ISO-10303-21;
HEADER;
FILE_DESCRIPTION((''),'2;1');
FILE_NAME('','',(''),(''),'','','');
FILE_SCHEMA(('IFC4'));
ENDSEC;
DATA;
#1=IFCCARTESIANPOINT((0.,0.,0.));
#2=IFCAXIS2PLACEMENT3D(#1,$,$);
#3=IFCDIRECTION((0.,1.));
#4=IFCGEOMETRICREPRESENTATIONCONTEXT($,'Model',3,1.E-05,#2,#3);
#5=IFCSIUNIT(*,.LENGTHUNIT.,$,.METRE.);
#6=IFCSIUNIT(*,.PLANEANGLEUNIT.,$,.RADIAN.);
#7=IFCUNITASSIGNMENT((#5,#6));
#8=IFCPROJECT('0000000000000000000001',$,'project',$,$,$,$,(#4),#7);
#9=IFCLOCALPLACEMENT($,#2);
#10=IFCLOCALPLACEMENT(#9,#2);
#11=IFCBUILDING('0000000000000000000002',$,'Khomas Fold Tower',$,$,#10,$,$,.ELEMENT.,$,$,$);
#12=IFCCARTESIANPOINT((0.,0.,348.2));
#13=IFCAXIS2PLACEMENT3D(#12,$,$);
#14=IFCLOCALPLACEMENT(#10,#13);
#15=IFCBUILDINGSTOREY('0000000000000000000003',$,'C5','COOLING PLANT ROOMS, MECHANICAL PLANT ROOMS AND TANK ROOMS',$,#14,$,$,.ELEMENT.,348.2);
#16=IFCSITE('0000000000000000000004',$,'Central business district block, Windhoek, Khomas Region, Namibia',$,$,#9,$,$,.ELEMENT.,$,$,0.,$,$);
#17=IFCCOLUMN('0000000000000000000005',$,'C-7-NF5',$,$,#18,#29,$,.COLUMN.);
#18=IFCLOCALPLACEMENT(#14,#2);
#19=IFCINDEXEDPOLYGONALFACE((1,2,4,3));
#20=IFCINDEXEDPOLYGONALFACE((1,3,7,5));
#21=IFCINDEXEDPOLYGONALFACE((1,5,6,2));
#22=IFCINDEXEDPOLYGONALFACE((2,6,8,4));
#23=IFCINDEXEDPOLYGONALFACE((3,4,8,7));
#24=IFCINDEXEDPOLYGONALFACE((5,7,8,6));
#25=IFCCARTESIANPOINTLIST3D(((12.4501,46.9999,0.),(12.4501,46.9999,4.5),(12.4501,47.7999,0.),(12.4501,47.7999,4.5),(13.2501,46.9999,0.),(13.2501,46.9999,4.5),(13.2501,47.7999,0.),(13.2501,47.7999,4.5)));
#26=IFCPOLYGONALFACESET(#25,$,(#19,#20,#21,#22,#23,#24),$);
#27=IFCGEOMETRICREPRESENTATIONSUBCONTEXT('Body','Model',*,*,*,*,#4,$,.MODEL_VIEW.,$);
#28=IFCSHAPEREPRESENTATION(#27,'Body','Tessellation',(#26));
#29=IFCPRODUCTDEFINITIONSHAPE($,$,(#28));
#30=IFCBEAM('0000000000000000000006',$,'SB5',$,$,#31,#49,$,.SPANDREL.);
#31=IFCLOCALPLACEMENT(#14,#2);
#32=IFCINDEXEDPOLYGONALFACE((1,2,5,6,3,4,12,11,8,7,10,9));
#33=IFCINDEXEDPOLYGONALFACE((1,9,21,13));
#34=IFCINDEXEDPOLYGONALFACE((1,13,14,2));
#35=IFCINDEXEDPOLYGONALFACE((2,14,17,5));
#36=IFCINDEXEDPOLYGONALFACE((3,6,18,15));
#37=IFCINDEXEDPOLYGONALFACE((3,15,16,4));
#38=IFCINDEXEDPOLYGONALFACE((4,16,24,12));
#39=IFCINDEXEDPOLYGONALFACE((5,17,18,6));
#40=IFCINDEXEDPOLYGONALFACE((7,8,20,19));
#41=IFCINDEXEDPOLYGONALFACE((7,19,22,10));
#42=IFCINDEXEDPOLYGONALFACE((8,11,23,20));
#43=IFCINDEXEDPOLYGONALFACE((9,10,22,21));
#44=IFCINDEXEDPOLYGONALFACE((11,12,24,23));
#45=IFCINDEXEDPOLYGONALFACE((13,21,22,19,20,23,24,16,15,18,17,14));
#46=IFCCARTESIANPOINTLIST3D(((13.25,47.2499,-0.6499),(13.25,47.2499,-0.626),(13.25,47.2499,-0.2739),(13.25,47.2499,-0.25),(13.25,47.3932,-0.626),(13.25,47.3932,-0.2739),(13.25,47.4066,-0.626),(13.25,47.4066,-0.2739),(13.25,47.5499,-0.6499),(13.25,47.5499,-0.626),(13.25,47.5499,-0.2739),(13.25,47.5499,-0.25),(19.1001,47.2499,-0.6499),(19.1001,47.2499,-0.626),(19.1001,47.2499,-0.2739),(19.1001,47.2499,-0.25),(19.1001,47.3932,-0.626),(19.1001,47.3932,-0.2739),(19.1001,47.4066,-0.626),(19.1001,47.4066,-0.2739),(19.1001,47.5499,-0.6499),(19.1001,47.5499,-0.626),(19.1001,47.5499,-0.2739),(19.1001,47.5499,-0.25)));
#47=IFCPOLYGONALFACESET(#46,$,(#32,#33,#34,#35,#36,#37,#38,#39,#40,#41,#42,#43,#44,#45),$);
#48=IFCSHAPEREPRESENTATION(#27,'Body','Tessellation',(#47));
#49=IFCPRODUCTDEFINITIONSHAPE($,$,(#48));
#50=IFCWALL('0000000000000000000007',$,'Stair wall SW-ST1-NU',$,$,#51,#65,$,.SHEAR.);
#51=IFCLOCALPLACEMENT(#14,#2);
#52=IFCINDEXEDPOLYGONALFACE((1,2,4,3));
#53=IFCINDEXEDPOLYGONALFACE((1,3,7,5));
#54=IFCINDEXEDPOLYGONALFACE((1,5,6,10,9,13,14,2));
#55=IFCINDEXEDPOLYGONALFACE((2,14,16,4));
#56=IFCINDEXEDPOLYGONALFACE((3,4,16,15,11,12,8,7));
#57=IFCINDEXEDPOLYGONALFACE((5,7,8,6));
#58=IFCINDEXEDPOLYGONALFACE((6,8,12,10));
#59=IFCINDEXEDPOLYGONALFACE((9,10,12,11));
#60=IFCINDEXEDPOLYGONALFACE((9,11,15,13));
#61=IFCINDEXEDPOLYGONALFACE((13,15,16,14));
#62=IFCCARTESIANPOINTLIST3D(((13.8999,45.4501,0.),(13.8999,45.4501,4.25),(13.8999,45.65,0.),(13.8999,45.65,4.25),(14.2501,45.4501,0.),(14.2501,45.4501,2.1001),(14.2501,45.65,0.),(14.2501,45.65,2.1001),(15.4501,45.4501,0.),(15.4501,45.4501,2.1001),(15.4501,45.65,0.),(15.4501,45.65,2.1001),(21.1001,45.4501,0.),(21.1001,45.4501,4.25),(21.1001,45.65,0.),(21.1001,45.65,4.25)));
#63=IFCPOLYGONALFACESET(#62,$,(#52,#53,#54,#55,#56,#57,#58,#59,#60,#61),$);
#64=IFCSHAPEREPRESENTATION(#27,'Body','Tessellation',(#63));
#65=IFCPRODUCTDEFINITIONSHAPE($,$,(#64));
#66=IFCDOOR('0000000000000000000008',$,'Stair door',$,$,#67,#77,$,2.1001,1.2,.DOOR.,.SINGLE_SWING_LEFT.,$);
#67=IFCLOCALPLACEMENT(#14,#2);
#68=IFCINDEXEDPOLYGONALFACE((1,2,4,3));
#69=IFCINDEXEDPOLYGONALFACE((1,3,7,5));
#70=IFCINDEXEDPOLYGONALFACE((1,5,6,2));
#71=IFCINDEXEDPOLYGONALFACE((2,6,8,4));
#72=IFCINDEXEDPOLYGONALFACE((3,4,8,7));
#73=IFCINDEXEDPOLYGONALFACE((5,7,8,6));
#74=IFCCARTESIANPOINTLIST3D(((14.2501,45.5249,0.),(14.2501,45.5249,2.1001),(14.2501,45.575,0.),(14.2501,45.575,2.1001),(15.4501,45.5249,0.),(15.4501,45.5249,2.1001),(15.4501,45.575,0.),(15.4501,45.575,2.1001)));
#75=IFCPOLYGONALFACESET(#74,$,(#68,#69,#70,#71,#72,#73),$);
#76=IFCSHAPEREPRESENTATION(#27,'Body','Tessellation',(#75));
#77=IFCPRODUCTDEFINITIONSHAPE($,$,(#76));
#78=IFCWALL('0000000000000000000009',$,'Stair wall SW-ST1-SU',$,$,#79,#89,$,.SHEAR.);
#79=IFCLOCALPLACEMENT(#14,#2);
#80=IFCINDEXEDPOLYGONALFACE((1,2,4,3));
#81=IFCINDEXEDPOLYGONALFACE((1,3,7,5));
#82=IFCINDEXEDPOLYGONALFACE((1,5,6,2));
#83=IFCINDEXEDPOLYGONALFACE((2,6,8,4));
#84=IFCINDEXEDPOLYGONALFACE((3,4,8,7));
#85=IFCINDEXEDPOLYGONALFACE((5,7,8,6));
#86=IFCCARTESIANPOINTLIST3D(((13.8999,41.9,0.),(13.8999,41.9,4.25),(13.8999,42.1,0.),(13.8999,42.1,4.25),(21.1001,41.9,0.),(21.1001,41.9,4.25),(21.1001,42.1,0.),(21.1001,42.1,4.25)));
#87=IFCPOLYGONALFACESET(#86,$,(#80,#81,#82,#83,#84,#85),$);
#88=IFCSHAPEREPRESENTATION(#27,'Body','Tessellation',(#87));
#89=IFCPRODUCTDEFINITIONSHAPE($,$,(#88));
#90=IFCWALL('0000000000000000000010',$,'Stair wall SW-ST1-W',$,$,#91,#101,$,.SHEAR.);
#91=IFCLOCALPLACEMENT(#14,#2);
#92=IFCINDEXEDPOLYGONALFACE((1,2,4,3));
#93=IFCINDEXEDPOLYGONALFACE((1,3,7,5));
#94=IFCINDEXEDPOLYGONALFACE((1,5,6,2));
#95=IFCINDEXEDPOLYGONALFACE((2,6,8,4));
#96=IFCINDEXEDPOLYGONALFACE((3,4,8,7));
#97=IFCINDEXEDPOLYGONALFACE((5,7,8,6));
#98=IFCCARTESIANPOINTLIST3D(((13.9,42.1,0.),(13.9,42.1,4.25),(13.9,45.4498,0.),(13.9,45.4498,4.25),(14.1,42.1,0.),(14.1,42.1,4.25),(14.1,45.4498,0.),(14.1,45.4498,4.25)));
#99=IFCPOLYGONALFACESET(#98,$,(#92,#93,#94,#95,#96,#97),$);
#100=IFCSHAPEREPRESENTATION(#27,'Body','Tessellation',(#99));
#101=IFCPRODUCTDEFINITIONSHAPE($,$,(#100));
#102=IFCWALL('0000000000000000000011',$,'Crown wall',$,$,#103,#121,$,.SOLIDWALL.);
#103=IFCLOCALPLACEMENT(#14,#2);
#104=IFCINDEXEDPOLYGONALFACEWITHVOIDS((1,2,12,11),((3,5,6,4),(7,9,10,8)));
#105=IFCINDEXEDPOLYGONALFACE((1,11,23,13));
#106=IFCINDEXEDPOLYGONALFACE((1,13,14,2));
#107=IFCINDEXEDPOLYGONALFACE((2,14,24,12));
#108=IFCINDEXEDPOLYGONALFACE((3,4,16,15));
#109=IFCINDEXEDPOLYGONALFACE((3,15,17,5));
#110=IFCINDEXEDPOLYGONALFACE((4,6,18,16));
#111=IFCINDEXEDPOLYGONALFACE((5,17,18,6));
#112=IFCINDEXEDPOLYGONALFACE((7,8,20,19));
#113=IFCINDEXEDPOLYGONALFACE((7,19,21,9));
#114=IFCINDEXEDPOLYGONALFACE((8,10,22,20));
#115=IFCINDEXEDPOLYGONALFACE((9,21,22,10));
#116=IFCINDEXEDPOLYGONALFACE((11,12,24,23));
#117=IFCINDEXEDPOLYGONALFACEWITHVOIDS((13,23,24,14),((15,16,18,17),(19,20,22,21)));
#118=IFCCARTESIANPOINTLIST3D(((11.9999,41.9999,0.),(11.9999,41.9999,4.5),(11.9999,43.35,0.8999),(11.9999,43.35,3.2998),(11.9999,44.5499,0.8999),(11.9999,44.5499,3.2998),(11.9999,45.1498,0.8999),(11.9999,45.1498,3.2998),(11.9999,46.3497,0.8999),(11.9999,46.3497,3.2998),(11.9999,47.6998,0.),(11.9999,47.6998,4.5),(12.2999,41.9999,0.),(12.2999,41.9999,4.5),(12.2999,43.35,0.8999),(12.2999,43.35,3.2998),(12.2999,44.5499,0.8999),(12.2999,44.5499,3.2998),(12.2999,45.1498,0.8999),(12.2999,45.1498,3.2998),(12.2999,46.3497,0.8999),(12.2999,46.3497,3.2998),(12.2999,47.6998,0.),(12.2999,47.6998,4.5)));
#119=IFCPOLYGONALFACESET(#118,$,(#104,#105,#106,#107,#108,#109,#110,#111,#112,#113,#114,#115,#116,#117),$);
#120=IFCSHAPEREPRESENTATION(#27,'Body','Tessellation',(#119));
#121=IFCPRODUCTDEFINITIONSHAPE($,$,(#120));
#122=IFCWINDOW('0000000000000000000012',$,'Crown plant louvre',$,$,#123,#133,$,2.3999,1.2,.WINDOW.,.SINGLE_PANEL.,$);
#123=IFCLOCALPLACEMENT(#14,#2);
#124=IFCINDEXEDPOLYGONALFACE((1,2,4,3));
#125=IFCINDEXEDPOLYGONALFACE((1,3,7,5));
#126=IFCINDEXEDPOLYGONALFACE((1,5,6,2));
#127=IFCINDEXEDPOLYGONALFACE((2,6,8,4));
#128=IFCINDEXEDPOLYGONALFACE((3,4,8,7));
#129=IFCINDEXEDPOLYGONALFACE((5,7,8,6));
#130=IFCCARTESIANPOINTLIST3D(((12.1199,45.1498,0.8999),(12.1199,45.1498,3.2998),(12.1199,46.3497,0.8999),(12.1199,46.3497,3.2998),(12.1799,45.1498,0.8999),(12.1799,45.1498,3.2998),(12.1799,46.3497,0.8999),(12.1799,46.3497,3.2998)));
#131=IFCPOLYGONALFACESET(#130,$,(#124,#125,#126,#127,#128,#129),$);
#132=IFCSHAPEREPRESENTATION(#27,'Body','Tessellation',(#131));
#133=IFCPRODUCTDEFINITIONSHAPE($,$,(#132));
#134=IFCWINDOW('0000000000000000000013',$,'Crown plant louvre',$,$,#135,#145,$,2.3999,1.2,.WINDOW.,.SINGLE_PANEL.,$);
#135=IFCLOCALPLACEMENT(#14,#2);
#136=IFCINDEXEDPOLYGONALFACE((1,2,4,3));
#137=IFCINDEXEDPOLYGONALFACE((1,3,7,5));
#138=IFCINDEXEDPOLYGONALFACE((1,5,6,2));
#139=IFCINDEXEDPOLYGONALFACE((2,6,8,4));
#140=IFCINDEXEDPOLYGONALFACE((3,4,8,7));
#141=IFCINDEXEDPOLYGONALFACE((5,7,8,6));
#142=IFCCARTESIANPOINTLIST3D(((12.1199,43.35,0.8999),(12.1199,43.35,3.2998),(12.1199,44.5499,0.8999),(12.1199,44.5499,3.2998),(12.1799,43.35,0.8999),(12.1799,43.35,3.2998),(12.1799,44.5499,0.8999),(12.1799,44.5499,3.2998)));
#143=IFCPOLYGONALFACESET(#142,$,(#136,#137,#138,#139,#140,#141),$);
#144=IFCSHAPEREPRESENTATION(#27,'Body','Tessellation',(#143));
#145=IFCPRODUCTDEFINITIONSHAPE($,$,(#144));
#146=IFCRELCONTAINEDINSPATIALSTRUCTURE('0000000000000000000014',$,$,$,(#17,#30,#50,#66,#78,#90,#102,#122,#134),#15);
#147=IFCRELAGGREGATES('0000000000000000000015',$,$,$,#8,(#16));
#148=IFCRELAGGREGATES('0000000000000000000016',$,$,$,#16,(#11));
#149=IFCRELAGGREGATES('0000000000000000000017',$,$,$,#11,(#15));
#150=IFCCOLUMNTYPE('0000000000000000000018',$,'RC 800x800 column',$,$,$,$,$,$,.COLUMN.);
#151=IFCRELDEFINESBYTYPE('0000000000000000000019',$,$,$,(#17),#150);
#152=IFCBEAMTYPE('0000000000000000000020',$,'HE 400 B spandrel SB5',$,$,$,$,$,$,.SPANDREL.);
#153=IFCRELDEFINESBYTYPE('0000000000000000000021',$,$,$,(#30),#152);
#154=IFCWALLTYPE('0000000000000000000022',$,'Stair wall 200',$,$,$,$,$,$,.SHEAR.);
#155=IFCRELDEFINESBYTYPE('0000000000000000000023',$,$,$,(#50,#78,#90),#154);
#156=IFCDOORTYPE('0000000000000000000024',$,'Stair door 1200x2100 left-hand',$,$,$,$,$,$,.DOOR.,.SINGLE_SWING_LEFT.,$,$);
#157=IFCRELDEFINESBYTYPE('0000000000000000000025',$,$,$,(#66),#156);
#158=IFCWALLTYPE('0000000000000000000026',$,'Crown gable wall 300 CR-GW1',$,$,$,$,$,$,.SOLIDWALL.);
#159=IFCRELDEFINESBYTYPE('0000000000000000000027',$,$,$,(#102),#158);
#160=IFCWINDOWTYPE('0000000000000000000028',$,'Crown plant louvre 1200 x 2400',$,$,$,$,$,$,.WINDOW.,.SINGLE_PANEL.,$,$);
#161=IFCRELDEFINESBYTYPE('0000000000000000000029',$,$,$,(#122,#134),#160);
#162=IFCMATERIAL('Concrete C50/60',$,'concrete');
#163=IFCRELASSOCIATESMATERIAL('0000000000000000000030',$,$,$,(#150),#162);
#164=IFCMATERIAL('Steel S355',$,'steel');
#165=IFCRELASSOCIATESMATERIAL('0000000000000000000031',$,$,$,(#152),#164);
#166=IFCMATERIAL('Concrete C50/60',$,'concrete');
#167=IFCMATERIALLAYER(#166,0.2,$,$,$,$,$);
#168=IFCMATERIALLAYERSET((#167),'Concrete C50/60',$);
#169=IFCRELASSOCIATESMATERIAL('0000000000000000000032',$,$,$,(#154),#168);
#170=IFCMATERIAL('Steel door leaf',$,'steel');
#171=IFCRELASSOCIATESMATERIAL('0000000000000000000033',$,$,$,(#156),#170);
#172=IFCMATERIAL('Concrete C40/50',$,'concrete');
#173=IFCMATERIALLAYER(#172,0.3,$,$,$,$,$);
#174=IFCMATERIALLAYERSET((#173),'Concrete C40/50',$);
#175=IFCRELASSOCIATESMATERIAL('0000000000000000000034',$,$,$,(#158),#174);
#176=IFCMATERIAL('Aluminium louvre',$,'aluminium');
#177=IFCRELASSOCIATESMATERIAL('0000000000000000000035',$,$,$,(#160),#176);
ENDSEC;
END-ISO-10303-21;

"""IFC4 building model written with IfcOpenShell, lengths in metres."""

from ifc_helpers import new_model, si_unit, direction, frame, frame_2d, origin, origin_2d, place, context, subcontext, project, spatial, rectangle, i_section, extrude, source, transform, mapped, material, layer, layer_set, material_profile, profile_set, type_object, element, fill, save


model = new_model("IFC4")

# Units and contexts
model_context = context("Model", 3, precision=1e-05, world=origin(), true_north=direction((0.0, 1.0)))
body_context = subcontext(model_context, "Body", "Model", "MODEL_VIEW")
ifc_project = project(units=[si_unit("LENGTHUNIT", "METRE"), si_unit("PLANEANGLEUNIT", "RADIAN")], contexts=[model_context])

# Site, building, storey
site_placement = place(None, origin())
site = spatial("IfcSite", under=ifc_project, at=site_placement, Name="Central business district block, Windhoek, Khomas Region, Namibia", CompositionType="ELEMENT", RefElevation=0.0)
building_placement = place(site_placement, origin())
building = spatial("IfcBuilding", under=site, at=building_placement, Name="Khomas Fold Tower", CompositionType="ELEMENT")
storey_placement = place(building_placement, frame((0.0, 0.0, 348.2)))
storey = spatial("IfcBuildingStorey", under=building, at=storey_placement, Name="C5", Description="COOLING PLANT ROOMS, MECHANICAL PLANT ROOMS AND TANK ROOMS", CompositionType="ELEMENT", Elevation=348.2)

# Column
ifc_material_1 = material(Name="Concrete C50/60", Category="concrete")
ifc_material_profile_1 = material_profile(ifc_material_1, rectangle(XDim=0.8, YDim=0.8, at=origin_2d()), Name="RC 800x800")
ifc_profile_set_1 = profile_set([ifc_material_profile_1], Name="Concrete C50/60")
column_type = type_object("IfcColumnType", Name="RC 800x800 column", PredefinedType="COLUMN", material=ifc_profile_set_1)
shared_shape_1 = source(origin(), body_context, "Body", "SweptSolid", [
    extrude(rectangle(XDim=0.8, YDim=0.8, at=origin_2d()), origin(), (0.0, 0.0, 1.0), 4.5),
])
column_placement = place(storey_placement, frame((12.8501, 47.3999, 0.0), z_axis=(0.0, 0.0, 1.0), x_axis=(1.0, 0.0, 0.0)))
element("IfcColumn", 1, at=column_placement, inside=storey, type_object=column_type, Name="C-7-NF5", PredefinedType="COLUMN", context=body_context, shape_type="MappedRepresentation", body=[
    mapped(shared_shape_1, transform((0.0, 0.0, 0.0))),
])

# Beam
ifc_material_2 = material(Name="Steel S355", Category="steel")
ifc_material_profile_2 = material_profile(ifc_material_2, i_section(OverallWidth=0.3, OverallDepth=0.3999, WebThickness=0.0134, FlangeThickness=0.0239, at=origin_2d()), Name="HE 400 B")
ifc_profile_set_2 = profile_set([ifc_material_profile_2], Name="Steel S355")
beam_type = type_object("IfcBeamType", Name="HE 400 B spandrel SB5", PredefinedType="SPANDREL", material=ifc_profile_set_2)
shared_shape_2 = source(origin(), body_context, "Body", "SweptSolid", [
    extrude(i_section(OverallWidth=0.3, OverallDepth=0.3999, WebThickness=0.0134, FlangeThickness=0.0239, at=origin_2d()), origin(), (0.0, 0.0, 1.0), 5.8501),
])
beam_placement = place(storey_placement, frame((13.25, 47.3999, -0.45), z_axis=(1.0, 0.0, 0.0), x_axis=(0.0, 1.0, 0.0)))
element("IfcBeam", 2, at=beam_placement, inside=storey, type_object=beam_type, Name="SB5", PredefinedType="SPANDREL", context=body_context, shape_type="MappedRepresentation", body=[
    mapped(shared_shape_2, transform((0.0, 0.0, 0.0))),
])

# Wall, opening, door
ifc_material_3 = material(Name="Concrete C50/60", Category="concrete")
ifc_layer_1 = layer(ifc_material_3, 0.2)
ifc_layer_set_1 = layer_set([ifc_layer_1], Name="Concrete C50/60")
wall_type_1 = type_object("IfcWallType", Name="Stair wall 200", PredefinedType="SHEAR", material=ifc_layer_set_1)
shared_shape_3 = source(origin(), body_context, "Body", "SweptSolid", [
    extrude(rectangle(XDim=7.2002, YDim=0.2, at=frame_2d((3.6001, 0.0))), origin(), (0.0, 0.0, 1.0), 4.25),
])
wall_1_placement = place(storey_placement, frame((13.8999, 45.55, 0.0), z_axis=(0.0, 0.0, 1.0), x_axis=(1.0, 0.0, 0.0)))
wall_1 = element("IfcWall", 3, at=wall_1_placement, inside=storey, type_object=wall_type_1, Name="Stair wall SW-ST1-NU", PredefinedType="SHEAR", context=body_context, shape_type="MappedRepresentation", body=[
    mapped(shared_shape_3, transform((0.0, 0.0, 0.0))),
])
shared_shape_4 = source(origin(), body_context, "Body", "SweptSolid", [
    extrude(rectangle(XDim=1.2, YDim=2.1001, at=frame_2d((0.6001, 1.05))), frame((0.0, 0.1099, 0.0), z_axis=(0.0, -1.0, 0.0), x_axis=(1.0, 0.0, 0.0)), (0.0, 0.0, 1.0), 0.22),
])
opening_1_placement = place(wall_1_placement, frame((0.3501, 0.0, 0.0)))
opening_1 = element("IfcOpeningElement", 4, at=opening_1_placement, cuts=wall_1, PredefinedType="OPENING", context=body_context, shape_type="MappedRepresentation", body=[
    mapped(shared_shape_4, transform((0.0, 0.0, 0.0))),
])
ifc_material_4 = material(Name="Steel door leaf", Category="steel")
door_type_1 = type_object("IfcDoorType", Name="Stair door 1200x2100 left-hand", OperationType="SINGLE_SWING_LEFT", PredefinedType="DOOR", material=ifc_material_4)
shared_shape_5 = source(origin(), body_context, "Body", "SweptSolid", [
    extrude(rectangle(XDim=1.2, YDim=2.1001, at=frame_2d((0.6001, 1.05))), frame((0.0, 0.0249, 0.0), z_axis=(0.0, -1.0, 0.0), x_axis=(1.0, 0.0, 0.0)), (0.0, 0.0, 1.0), 0.05),
])
door_1_placement = place(opening_1_placement, origin())
door_1 = element("IfcDoor", 5, at=door_1_placement, inside=storey, type_object=door_type_1, Name="Stair door", OperationType="SINGLE_SWING_LEFT", OverallHeight=2.1001, OverallWidth=1.2, PredefinedType="DOOR", context=body_context, shape_type="MappedRepresentation", body=[
    mapped(shared_shape_5, transform((0.0, 0.0, 0.0))),
])
fill(opening_1, door_1)

# Walls
wall_2_placement = place(storey_placement, frame((13.8999, 42.0, 0.0), z_axis=(0.0, 0.0, 1.0), x_axis=(1.0, 0.0, 0.0)))
element("IfcWall", 6, at=wall_2_placement, inside=storey, type_object=wall_type_1, Name="Stair wall SW-ST1-SU", PredefinedType="SHEAR", context=body_context, shape_type="MappedRepresentation", body=[
    mapped(shared_shape_3, transform((0.0, 0.0, 0.0))),
])
shared_shape_6 = source(origin(), body_context, "Body", "SweptSolid", [
    extrude(rectangle(XDim=3.3499, YDim=0.2, at=frame_2d((1.6748, 0.0))), origin(), (0.0, 0.0, 1.0), 4.25),
])
wall_3_placement = place(storey_placement, frame((14.0, 42.1001, 0.0), z_axis=(0.0, 0.0, 1.0), x_axis=(0.0, 1.0, 0.0)))
element("IfcWall", 7, at=wall_3_placement, inside=storey, type_object=wall_type_1, Name="Stair wall SW-ST1-W", PredefinedType="SHEAR", context=body_context, shape_type="MappedRepresentation", body=[
    mapped(shared_shape_6, transform((0.0, 0.0, 0.0))),
])

# Wall, openings, windows
ifc_material_5 = material(Name="Concrete C40/50", Category="concrete")
ifc_layer_2 = layer(ifc_material_5, 0.3)
ifc_layer_set_2 = layer_set([ifc_layer_2], Name="Concrete C40/50")
wall_type_2 = type_object("IfcWallType", Name="Crown gable wall 300 CR-GW1", PredefinedType="SOLIDWALL", material=ifc_layer_set_2)
shared_shape_7 = source(origin(), body_context, "Body", "SweptSolid", [
    extrude(rectangle(XDim=5.7, YDim=0.3, at=frame_2d((2.8501, 0.0))), origin(), (0.0, 0.0, 1.0), 4.5),
])
wall_4_placement = place(storey_placement, frame((12.1499, 47.7, 0.0), z_axis=(0.0, 0.0, 1.0), x_axis=(0.0, -1.0, 0.0)))
wall_4 = element("IfcWall", 8, at=wall_4_placement, inside=storey, type_object=wall_type_2, Name="Crown wall", PredefinedType="SOLIDWALL", context=body_context, shape_type="MappedRepresentation", body=[
    mapped(shared_shape_7, transform((0.0, 0.0, 0.0))),
])
shared_shape_8 = source(origin(), body_context, "Body", "SweptSolid", [
    extrude(rectangle(XDim=1.2, YDim=2.3999, at=frame_2d((0.6001, 1.2))), frame((0.0, 0.1599, 0.0), z_axis=(0.0, -1.0, 0.0), x_axis=(1.0, 0.0, 0.0)), (0.0, 0.0, 1.0), 0.3201),
])
opening_2_placement = place(wall_4_placement, frame((1.3501, 0.0, 0.8999)))
opening_2 = element("IfcOpeningElement", 9, at=opening_2_placement, cuts=wall_4, PredefinedType="OPENING", context=body_context, shape_type="MappedRepresentation", body=[
    mapped(shared_shape_8, transform((0.0, 0.0, 0.0))),
])
opening_3_placement = place(wall_4_placement, frame((3.1499, 0.0, 0.8999)))
opening_3 = element("IfcOpeningElement", 10, at=opening_3_placement, cuts=wall_4, PredefinedType="OPENING", context=body_context, shape_type="MappedRepresentation", body=[
    mapped(shared_shape_8, transform((0.0, 0.0, 0.0))),
])
ifc_material_6 = material(Name="Aluminium louvre", Category="aluminium")
window_type = type_object("IfcWindowType", Name="Crown plant louvre 1200 x 2400", PartitioningType="SINGLE_PANEL", PredefinedType="WINDOW", material=ifc_material_6)
shared_shape_9 = source(origin(), body_context, "Body", "SweptSolid", [
    extrude(rectangle(XDim=1.2, YDim=2.3999, at=frame_2d((0.6001, 1.2))), frame((0.0, 0.03, 0.0), z_axis=(0.0, -1.0, 0.0), x_axis=(1.0, 0.0, 0.0)), (0.0, 0.0, 1.0), 0.0601),
])
window_1_placement = place(opening_2_placement, origin())
window_1 = element("IfcWindow", 11, at=window_1_placement, inside=storey, type_object=window_type, Name="Crown plant louvre", OverallHeight=2.3999, OverallWidth=1.2, PartitioningType="SINGLE_PANEL", PredefinedType="WINDOW", context=body_context, shape_type="MappedRepresentation", body=[
    mapped(shared_shape_9, transform((0.0, 0.0, 0.0))),
])
fill(opening_2, window_1)
window_2_placement = place(opening_3_placement, origin())
window_2 = element("IfcWindow", 12, at=window_2_placement, inside=storey, type_object=window_type, Name="Crown plant louvre", OverallHeight=2.3999, OverallWidth=1.2, PartitioningType="SINGLE_PANEL", PredefinedType="WINDOW", context=body_context, shape_type="MappedRepresentation", body=[
    mapped(shared_shape_9, transform((0.0, 0.0, 0.0))),
])
fill(opening_3, window_2)

save(model, "model.ifc")
